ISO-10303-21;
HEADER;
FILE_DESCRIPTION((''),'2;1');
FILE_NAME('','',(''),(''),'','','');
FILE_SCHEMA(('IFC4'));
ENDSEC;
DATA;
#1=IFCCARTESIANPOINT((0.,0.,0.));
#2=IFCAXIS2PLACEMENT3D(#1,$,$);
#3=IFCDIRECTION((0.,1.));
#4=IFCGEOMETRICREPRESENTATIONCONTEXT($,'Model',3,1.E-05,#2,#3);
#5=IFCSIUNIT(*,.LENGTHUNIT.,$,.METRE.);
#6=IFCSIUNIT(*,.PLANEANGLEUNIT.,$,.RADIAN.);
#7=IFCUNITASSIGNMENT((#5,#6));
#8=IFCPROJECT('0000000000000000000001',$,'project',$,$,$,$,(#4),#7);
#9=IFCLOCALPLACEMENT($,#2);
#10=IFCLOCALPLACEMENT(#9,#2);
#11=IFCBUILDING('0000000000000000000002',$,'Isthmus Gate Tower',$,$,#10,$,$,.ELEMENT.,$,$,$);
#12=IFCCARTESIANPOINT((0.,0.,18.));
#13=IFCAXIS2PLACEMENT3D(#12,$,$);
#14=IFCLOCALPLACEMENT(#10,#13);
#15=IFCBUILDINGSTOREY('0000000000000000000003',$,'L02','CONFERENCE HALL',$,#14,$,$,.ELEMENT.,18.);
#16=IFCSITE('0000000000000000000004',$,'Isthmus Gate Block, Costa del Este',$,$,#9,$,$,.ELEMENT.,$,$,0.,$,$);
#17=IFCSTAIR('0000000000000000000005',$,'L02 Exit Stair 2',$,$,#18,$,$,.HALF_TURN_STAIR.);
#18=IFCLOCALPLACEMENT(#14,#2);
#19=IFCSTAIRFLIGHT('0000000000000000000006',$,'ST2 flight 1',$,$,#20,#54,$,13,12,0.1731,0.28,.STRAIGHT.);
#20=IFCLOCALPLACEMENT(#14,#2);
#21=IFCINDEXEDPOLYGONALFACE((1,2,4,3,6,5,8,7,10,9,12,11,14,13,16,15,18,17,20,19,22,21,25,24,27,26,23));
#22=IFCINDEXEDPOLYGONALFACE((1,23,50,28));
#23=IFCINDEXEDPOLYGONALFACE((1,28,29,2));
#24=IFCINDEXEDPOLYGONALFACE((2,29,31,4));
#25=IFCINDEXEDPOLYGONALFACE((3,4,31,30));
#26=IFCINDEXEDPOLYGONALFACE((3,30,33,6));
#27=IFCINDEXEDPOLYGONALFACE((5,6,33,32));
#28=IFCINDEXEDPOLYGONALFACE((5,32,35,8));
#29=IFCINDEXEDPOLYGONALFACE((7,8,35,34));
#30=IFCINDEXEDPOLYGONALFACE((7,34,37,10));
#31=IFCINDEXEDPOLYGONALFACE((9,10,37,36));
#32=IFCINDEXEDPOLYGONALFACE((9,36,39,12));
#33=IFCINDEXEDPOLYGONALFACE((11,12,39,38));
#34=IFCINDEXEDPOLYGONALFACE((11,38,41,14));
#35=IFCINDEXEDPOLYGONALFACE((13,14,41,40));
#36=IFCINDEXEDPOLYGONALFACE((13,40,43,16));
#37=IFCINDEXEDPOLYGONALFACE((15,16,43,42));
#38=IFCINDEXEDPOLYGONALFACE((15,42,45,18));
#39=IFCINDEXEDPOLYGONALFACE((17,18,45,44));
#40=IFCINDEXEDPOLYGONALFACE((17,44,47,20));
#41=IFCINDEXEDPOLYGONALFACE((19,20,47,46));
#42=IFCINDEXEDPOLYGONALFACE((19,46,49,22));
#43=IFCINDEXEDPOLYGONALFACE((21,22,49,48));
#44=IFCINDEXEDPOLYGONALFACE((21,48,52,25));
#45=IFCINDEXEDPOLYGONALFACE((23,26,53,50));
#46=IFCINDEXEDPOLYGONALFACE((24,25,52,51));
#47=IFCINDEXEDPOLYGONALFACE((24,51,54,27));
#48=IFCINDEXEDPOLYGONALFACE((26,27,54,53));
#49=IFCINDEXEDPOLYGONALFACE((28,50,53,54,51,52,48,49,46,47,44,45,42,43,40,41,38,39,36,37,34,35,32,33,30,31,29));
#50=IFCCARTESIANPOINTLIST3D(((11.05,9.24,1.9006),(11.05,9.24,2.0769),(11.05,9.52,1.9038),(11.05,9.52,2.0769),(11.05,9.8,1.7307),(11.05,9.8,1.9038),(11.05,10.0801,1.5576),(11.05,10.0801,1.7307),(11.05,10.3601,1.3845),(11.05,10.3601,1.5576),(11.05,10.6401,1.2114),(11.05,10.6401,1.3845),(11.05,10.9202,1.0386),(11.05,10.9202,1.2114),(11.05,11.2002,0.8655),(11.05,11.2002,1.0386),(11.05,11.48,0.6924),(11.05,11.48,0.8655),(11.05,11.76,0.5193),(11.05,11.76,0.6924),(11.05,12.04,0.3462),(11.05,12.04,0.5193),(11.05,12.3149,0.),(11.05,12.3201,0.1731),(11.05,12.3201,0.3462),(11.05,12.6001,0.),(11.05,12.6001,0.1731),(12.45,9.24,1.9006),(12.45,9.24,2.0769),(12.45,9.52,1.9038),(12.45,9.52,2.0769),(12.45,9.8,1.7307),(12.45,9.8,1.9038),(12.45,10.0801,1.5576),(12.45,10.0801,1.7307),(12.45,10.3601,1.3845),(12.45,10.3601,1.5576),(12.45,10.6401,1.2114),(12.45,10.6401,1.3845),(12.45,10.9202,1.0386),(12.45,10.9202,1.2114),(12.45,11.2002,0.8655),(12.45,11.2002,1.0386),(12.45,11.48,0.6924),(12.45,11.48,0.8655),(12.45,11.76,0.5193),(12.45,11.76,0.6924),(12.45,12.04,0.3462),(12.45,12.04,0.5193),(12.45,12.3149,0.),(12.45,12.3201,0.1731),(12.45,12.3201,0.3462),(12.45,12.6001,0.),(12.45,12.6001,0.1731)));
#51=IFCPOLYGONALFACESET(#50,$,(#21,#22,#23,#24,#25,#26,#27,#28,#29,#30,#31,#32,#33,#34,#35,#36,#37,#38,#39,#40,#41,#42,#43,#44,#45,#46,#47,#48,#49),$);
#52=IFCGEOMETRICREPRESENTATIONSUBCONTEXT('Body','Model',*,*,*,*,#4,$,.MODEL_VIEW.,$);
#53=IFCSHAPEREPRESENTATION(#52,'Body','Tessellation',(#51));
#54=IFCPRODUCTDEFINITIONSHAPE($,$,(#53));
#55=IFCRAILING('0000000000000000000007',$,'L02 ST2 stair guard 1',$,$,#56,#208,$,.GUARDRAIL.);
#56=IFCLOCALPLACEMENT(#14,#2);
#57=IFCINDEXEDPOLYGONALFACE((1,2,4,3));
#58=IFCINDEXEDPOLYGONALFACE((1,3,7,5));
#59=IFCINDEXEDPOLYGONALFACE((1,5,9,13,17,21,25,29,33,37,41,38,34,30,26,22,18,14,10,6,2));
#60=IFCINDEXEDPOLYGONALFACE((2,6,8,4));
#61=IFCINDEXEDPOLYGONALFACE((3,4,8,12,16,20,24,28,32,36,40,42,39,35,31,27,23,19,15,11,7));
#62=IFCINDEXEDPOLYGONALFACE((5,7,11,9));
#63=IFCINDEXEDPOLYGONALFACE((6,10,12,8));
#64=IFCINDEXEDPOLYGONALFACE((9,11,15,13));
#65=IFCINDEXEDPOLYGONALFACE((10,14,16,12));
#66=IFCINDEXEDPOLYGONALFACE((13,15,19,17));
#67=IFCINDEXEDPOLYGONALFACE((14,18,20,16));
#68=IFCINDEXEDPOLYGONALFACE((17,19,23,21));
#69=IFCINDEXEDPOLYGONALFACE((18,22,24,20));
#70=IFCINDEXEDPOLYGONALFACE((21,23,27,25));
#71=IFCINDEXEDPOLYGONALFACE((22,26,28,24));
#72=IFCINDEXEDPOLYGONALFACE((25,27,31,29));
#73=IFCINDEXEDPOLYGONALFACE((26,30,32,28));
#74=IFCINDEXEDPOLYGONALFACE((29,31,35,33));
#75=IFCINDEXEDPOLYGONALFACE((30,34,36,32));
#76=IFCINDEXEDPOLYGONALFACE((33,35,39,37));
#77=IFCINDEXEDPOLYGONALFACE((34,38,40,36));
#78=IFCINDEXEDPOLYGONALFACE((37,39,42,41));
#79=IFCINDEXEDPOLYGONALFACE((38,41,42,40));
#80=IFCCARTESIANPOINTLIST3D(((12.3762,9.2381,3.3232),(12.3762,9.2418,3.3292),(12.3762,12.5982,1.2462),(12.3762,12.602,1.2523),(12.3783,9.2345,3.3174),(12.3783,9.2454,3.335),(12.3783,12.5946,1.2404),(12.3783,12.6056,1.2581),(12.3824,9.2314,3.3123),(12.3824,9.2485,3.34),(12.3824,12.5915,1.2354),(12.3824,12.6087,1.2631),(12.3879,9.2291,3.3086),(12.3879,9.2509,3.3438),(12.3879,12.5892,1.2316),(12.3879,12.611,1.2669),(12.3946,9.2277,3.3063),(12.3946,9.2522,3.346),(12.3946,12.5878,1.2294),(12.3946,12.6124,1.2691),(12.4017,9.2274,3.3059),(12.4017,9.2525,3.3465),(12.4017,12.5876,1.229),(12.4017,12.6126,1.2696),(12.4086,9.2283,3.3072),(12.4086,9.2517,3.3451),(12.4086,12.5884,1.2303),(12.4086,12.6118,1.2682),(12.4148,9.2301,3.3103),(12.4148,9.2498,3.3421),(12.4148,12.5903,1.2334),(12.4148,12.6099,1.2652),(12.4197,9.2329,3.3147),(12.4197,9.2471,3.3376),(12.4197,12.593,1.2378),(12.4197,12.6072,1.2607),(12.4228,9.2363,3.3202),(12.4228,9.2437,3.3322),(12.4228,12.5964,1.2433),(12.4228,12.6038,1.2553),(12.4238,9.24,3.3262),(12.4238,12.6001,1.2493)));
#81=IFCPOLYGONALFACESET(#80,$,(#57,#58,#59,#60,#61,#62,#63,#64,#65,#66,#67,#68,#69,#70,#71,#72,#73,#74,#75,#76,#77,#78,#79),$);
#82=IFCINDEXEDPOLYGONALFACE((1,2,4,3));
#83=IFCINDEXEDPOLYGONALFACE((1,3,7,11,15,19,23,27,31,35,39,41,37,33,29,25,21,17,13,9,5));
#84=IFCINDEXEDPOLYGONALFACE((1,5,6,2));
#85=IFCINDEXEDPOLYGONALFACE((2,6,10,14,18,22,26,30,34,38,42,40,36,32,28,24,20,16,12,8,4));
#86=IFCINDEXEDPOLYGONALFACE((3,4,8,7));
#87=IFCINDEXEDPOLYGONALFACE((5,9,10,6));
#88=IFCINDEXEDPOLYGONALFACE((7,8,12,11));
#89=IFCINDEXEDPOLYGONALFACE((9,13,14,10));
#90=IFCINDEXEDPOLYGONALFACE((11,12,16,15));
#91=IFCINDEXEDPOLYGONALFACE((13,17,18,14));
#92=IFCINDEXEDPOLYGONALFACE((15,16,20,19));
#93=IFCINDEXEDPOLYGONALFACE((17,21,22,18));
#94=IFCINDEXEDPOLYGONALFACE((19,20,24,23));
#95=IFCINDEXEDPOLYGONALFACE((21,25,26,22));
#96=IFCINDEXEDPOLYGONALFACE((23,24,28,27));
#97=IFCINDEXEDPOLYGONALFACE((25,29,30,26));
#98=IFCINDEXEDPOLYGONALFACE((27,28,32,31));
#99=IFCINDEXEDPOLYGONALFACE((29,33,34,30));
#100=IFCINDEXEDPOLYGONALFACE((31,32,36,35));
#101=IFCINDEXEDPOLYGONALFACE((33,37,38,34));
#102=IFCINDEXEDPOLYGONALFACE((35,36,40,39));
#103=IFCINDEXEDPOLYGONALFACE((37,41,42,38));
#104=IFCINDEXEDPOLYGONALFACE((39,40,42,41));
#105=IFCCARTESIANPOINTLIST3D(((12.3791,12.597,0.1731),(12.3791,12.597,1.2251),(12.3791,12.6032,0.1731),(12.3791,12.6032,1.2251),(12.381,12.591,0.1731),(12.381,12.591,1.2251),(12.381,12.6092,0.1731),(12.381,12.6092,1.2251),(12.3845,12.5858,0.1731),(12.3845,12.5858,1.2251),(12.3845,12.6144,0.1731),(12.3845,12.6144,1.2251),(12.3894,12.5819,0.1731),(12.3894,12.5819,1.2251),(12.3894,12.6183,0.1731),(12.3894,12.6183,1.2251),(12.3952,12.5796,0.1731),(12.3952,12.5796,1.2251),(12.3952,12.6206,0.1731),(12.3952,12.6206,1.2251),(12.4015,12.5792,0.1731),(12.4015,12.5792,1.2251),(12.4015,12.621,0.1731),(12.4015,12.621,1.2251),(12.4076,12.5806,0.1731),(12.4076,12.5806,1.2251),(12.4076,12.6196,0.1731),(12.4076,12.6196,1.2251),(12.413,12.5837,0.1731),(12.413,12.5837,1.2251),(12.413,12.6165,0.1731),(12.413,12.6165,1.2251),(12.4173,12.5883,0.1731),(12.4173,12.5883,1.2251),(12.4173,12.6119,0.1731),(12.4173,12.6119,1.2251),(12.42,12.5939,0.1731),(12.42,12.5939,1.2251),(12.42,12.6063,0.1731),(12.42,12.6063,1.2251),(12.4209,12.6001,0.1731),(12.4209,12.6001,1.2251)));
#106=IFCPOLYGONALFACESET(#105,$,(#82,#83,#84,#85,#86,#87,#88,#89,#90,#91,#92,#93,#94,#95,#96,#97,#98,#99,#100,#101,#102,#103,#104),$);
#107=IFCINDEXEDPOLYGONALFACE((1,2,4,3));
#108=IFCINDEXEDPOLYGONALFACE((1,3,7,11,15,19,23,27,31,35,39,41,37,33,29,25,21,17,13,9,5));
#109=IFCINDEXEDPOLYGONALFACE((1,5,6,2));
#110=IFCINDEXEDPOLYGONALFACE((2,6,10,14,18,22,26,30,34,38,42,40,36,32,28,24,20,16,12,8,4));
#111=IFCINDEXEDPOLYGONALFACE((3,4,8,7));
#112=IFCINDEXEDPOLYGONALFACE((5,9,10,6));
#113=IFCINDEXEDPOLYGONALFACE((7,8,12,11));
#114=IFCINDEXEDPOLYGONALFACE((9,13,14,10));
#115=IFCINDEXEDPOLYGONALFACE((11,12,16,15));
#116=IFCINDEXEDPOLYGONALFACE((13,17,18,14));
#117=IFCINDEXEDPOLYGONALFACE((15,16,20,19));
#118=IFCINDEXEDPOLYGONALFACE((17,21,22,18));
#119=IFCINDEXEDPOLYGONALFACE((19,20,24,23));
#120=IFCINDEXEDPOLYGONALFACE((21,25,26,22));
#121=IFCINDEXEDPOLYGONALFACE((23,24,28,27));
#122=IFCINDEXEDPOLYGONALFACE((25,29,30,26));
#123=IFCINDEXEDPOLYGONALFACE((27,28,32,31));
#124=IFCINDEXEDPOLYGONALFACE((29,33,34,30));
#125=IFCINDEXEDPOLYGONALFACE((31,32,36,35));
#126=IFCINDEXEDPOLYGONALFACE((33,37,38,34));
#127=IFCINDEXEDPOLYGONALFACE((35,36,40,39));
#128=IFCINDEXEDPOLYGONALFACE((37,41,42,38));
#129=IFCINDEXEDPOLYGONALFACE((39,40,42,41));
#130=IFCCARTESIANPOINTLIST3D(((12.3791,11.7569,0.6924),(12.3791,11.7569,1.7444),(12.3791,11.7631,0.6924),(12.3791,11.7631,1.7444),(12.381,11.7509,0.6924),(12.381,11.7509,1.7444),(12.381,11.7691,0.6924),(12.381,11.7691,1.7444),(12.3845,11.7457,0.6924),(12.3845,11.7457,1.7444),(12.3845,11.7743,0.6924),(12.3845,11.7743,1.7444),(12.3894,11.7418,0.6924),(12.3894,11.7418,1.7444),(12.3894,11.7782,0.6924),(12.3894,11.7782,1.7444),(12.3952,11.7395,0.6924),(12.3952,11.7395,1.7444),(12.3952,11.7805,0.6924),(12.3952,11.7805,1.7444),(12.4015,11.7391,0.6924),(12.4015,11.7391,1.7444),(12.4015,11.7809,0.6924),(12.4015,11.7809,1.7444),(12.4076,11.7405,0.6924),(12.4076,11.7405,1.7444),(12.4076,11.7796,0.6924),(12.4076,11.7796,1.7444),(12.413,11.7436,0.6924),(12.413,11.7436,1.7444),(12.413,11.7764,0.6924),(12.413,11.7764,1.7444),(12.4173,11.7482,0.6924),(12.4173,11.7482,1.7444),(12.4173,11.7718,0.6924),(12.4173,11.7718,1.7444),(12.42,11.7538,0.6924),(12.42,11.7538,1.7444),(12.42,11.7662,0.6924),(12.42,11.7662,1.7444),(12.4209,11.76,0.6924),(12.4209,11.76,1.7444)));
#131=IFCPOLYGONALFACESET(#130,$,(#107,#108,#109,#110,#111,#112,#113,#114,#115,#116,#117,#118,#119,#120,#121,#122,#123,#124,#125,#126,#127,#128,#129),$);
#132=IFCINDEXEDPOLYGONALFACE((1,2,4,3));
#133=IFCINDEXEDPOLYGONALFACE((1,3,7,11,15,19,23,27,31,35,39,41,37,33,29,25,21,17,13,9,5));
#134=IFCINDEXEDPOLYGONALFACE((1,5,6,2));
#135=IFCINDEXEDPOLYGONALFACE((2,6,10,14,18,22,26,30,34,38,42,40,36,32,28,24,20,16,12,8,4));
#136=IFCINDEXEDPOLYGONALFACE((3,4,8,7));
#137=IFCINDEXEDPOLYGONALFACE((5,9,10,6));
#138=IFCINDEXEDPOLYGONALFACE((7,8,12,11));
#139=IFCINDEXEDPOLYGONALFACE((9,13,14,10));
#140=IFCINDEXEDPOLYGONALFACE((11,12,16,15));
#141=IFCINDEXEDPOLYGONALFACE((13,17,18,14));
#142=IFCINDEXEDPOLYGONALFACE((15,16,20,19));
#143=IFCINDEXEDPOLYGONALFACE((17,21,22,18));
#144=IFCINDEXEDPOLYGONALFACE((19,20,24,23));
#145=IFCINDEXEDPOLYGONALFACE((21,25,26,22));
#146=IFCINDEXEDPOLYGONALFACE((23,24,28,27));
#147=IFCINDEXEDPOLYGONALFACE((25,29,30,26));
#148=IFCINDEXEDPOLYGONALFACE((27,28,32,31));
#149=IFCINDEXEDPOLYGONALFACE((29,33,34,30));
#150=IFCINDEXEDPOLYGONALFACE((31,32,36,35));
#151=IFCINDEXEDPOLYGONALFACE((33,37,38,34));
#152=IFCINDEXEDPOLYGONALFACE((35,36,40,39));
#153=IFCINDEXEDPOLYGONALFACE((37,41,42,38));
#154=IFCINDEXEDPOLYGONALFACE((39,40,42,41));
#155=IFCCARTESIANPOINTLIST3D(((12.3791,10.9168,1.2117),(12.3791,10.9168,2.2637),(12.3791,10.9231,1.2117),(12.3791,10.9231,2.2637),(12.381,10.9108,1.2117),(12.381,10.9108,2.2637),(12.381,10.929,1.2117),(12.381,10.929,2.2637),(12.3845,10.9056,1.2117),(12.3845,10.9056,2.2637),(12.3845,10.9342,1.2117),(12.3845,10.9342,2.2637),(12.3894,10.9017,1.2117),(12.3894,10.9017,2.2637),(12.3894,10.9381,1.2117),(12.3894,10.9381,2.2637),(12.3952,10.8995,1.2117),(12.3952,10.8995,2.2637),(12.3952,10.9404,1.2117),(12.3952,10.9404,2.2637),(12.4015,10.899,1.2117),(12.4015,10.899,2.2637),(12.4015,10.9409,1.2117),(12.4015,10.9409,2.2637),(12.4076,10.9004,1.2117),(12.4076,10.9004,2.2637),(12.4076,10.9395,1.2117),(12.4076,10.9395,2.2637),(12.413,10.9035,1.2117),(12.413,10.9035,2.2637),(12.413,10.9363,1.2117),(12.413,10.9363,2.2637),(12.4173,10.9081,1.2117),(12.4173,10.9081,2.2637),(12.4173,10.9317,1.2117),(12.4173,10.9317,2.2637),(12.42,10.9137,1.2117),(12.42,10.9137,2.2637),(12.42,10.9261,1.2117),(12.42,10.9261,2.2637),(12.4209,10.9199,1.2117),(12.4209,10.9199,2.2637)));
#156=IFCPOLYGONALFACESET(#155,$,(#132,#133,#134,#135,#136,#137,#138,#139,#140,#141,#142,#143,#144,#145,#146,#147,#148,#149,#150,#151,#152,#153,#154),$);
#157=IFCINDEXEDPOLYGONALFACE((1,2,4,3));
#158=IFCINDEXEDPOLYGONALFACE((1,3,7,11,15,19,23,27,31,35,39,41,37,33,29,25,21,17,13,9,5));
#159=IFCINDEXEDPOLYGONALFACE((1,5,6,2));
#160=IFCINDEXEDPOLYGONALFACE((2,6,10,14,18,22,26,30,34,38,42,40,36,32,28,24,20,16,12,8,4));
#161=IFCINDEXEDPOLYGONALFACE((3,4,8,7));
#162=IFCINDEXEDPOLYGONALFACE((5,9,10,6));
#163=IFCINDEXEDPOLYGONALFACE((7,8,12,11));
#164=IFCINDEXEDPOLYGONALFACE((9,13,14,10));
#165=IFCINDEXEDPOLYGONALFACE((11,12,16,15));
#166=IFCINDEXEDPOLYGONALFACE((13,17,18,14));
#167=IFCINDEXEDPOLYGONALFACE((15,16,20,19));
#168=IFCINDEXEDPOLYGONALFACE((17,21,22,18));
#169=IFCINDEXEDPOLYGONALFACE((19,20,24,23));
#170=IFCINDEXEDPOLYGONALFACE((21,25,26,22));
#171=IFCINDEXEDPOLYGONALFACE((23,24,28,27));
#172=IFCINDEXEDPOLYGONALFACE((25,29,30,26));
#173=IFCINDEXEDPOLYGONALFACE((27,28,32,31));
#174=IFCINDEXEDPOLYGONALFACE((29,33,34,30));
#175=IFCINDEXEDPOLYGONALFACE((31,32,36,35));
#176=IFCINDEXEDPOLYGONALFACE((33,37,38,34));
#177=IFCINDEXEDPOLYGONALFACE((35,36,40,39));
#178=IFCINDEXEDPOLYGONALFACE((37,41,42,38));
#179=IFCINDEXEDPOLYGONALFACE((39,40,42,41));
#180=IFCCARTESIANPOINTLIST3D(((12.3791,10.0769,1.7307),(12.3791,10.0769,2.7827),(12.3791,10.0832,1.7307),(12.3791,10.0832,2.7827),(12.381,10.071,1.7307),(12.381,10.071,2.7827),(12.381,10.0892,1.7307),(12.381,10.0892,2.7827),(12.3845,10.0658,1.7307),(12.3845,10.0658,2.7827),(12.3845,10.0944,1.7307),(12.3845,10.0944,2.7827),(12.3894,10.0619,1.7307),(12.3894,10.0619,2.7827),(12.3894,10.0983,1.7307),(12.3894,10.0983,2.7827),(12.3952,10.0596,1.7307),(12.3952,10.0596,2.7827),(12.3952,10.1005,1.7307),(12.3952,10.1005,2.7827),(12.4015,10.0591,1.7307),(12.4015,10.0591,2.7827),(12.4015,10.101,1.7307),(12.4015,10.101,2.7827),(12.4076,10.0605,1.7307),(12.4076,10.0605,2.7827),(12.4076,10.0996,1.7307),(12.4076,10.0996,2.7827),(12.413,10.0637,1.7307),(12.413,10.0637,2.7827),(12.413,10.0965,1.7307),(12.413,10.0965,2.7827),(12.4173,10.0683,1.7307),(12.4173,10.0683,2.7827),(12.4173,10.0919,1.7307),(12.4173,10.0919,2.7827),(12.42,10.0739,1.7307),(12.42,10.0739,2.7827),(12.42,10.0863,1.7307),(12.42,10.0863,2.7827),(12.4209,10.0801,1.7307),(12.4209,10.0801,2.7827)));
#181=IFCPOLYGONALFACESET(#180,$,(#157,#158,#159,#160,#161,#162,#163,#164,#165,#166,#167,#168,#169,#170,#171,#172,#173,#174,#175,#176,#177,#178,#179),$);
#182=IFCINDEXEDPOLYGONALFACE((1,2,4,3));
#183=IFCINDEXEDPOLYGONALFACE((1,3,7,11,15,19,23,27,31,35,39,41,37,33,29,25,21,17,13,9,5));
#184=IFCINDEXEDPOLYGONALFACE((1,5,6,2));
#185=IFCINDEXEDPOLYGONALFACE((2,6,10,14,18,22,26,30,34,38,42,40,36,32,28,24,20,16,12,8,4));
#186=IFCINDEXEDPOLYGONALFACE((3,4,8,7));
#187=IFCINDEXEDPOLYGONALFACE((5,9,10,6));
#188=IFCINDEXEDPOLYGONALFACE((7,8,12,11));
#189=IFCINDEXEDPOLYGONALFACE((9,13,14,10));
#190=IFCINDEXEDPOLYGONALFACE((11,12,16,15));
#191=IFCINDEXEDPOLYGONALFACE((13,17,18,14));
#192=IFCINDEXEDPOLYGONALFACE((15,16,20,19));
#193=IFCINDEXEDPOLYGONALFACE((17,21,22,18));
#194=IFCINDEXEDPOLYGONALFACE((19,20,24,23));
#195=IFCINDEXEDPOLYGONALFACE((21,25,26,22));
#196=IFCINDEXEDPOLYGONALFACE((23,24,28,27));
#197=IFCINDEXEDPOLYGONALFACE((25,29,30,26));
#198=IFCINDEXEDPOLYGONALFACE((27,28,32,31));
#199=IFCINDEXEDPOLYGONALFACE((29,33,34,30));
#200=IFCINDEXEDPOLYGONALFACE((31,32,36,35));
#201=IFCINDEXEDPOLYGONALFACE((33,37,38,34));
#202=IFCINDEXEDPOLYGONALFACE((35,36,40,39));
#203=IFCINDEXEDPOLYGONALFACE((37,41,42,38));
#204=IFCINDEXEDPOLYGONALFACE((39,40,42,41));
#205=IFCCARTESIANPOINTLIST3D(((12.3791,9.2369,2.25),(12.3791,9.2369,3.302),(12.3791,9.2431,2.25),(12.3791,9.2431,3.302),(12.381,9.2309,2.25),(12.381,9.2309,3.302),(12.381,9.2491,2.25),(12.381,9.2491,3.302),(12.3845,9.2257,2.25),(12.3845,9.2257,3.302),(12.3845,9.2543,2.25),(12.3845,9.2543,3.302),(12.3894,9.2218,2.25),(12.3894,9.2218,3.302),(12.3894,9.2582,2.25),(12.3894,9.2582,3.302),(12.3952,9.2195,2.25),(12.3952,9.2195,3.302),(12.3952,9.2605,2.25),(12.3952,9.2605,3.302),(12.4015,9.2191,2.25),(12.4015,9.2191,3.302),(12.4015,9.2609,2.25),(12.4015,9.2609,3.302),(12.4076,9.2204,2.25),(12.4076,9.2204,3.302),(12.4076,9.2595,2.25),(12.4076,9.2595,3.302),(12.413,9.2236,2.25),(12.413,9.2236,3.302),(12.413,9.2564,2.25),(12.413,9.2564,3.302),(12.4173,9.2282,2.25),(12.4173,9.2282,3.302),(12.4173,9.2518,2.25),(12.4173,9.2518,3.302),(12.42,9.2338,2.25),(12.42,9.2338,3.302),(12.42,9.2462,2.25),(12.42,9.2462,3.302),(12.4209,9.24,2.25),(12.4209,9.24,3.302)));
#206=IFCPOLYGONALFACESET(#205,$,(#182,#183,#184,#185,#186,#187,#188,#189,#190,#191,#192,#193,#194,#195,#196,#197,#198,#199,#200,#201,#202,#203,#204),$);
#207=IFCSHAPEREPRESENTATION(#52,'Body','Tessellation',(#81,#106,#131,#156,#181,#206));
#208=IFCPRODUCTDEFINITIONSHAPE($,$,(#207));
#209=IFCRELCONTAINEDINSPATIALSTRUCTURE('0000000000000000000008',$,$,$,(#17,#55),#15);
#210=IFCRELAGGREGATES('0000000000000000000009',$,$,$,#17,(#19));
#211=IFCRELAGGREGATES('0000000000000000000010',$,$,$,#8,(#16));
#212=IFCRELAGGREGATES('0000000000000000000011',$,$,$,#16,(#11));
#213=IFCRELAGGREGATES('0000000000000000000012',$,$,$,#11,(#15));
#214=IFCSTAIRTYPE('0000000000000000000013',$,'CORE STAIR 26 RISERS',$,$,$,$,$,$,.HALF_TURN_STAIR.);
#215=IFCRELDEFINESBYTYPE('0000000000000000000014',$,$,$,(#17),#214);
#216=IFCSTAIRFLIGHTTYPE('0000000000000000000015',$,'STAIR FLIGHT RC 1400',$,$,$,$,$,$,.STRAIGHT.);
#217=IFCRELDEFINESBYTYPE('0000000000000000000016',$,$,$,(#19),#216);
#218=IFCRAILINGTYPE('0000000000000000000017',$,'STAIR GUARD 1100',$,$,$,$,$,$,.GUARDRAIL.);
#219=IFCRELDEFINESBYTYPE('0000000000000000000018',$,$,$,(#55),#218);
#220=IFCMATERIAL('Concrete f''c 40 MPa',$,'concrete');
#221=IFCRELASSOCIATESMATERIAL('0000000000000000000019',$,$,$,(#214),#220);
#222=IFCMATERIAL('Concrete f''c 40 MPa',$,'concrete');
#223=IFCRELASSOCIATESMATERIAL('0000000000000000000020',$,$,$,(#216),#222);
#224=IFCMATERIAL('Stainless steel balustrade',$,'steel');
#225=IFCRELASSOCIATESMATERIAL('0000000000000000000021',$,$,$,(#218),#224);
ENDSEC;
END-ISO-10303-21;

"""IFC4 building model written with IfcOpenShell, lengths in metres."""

from ifc_helpers import new_model, si_unit, direction, frame, origin, origin_2d, place, context, subcontext, project, spatial, polyline, circle, outline, extrude, material, type_object, element, aggregate, save


model = new_model("IFC4")

# Units and contexts
model_context = context("Model", 3, precision=1e-05, world=origin(), true_north=direction((0.0, 1.0)))
body_context = subcontext(model_context, "Body", "Model", "MODEL_VIEW")
ifc_project = project(units=[si_unit("LENGTHUNIT", "METRE"), si_unit("PLANEANGLEUNIT", "RADIAN")], contexts=[model_context])

# Site, building, storey
site_placement = place(None, origin())
site = spatial("IfcSite", under=ifc_project, at=site_placement, Name="Isthmus Gate Block, Costa del Este", CompositionType="ELEMENT", RefElevation=0.0)
building_placement = place(site_placement, origin())
building = spatial("IfcBuilding", under=site, at=building_placement, Name="Isthmus Gate Tower", CompositionType="ELEMENT")
storey_placement = place(building_placement, frame((0.0, 0.0, 18.0)))
storey = spatial("IfcBuildingStorey", under=building, at=storey_placement, Name="L02", Description="CONFERENCE HALL", CompositionType="ELEMENT", Elevation=18.0)

# Stair, stair flight
ifc_material_1 = material(Name="Concrete f'c 40 MPa", Category="concrete")
stair_type = type_object("IfcStairType", Name="CORE STAIR 26 RISERS", PredefinedType="HALF_TURN_STAIR", material=ifc_material_1)
stair_placement = place(storey_placement, origin())
stair = element("IfcStair", 1, at=stair_placement, inside=storey, type_object=stair_type, Name="L02 Exit Stair 2", PredefinedType="HALF_TURN_STAIR")
ifc_material_2 = material(Name="Concrete f'c 40 MPa", Category="concrete")
stair_flight_type = type_object("IfcStairFlightType", Name="STAIR FLIGHT RC 1400", PredefinedType="STRAIGHT", material=ifc_material_2)
stair_flight_placement = place(storey_placement, frame((11.75, 12.6001, 0.0), z_axis=(0.0, 0.0, 1.0), x_axis=(0.0, -1.0, 0.0)))
stair_flight = element("IfcStairFlight", 2, at=stair_flight_placement, type_object=stair_flight_type, Name="ST2 flight 1", NumberOfRisers=13, NumberOfTreads=12, PredefinedType="STRAIGHT", RiserHeight=0.1731, TreadLength=0.28, context=body_context, shape_type="SweptSolid", body=[
    extrude(outline(polyline([(0.0, 0.0), (0.0, 0.1731), (0.28, 0.1731), (0.28, 0.3462), (0.5601, 0.3462), (0.5601, 0.5193), (0.8401, 0.5193), (0.8401, 0.6924), (1.1201, 0.6924), (1.1201, 0.8655), (1.3999, 0.8655), (1.3999, 1.0386), (1.6799, 1.0386), (1.6799, 1.2114), (1.96, 1.2114), (1.96, 1.3845), (2.24, 1.3845), (2.24, 1.5576), (2.52, 1.5576), (2.52, 1.7307), (2.8, 1.7307), (2.8, 1.9038), (3.0801, 1.9038), (3.0801, 2.0769), (3.3601, 2.0769), (3.3601, 2.25), (3.3601, 1.9006), (0.2852, 0.0), (0.0, 0.0)])), frame((0.0, 0.7, 0.0), z_axis=(0.0, -1.0, 0.0), x_axis=(1.0, 0.0, 0.0)), (0.0, 0.0, 1.0), 1.3999),
])
aggregate(stair, [stair_flight])

# Railing
ifc_material_3 = material(Name="Stainless steel balustrade", Category="steel")
railing_type_1 = type_object("IfcRailingType", Name="STAIR GUARD 1100", PredefinedType="GUARDRAIL", material=ifc_material_3)
railing_1_placement = place(storey_placement, frame((12.3999, 12.6001, 0.1731)))
element("IfcRailing", 3, at=railing_1_placement, inside=storey, type_object=railing_type_1, Name="L02 ST2 stair guard 1", PredefinedType="GUARDRAIL", context=body_context, shape_type="SweptSolid", body=[
    extrude(circle(Radius=0.0239, at=origin_2d()), frame((0.0, 0.0, 1.0762), z_axis=(0.0, -0.850623, 0.525776), x_axis=(1.0, 0.0, 0.0)), (0.0, 0.0, 1.0), 3.9502),
    extrude(circle(Radius=0.021, at=origin_2d()), origin(), (0.0, 0.0, 1.0), 1.052),
    extrude(circle(Radius=0.021, at=origin_2d()), frame((0.0, -0.8401, 0.5193)), (0.0, 0.0, 1.0), 1.052),
    extrude(circle(Radius=0.021, at=origin_2d()), frame((0.0, -1.6802, 1.0386)), (0.0, 0.0, 1.0), 1.052),
    extrude(circle(Radius=0.021, at=origin_2d()), frame((0.0, -2.52, 1.5576)), (0.0, 0.0, 1.0), 1.052),
    extrude(circle(Radius=0.021, at=origin_2d()), frame((0.0, -3.3601, 2.0769)), (0.0, 0.0, 1.0), 1.052),
])

save(model, "model.ifc")
